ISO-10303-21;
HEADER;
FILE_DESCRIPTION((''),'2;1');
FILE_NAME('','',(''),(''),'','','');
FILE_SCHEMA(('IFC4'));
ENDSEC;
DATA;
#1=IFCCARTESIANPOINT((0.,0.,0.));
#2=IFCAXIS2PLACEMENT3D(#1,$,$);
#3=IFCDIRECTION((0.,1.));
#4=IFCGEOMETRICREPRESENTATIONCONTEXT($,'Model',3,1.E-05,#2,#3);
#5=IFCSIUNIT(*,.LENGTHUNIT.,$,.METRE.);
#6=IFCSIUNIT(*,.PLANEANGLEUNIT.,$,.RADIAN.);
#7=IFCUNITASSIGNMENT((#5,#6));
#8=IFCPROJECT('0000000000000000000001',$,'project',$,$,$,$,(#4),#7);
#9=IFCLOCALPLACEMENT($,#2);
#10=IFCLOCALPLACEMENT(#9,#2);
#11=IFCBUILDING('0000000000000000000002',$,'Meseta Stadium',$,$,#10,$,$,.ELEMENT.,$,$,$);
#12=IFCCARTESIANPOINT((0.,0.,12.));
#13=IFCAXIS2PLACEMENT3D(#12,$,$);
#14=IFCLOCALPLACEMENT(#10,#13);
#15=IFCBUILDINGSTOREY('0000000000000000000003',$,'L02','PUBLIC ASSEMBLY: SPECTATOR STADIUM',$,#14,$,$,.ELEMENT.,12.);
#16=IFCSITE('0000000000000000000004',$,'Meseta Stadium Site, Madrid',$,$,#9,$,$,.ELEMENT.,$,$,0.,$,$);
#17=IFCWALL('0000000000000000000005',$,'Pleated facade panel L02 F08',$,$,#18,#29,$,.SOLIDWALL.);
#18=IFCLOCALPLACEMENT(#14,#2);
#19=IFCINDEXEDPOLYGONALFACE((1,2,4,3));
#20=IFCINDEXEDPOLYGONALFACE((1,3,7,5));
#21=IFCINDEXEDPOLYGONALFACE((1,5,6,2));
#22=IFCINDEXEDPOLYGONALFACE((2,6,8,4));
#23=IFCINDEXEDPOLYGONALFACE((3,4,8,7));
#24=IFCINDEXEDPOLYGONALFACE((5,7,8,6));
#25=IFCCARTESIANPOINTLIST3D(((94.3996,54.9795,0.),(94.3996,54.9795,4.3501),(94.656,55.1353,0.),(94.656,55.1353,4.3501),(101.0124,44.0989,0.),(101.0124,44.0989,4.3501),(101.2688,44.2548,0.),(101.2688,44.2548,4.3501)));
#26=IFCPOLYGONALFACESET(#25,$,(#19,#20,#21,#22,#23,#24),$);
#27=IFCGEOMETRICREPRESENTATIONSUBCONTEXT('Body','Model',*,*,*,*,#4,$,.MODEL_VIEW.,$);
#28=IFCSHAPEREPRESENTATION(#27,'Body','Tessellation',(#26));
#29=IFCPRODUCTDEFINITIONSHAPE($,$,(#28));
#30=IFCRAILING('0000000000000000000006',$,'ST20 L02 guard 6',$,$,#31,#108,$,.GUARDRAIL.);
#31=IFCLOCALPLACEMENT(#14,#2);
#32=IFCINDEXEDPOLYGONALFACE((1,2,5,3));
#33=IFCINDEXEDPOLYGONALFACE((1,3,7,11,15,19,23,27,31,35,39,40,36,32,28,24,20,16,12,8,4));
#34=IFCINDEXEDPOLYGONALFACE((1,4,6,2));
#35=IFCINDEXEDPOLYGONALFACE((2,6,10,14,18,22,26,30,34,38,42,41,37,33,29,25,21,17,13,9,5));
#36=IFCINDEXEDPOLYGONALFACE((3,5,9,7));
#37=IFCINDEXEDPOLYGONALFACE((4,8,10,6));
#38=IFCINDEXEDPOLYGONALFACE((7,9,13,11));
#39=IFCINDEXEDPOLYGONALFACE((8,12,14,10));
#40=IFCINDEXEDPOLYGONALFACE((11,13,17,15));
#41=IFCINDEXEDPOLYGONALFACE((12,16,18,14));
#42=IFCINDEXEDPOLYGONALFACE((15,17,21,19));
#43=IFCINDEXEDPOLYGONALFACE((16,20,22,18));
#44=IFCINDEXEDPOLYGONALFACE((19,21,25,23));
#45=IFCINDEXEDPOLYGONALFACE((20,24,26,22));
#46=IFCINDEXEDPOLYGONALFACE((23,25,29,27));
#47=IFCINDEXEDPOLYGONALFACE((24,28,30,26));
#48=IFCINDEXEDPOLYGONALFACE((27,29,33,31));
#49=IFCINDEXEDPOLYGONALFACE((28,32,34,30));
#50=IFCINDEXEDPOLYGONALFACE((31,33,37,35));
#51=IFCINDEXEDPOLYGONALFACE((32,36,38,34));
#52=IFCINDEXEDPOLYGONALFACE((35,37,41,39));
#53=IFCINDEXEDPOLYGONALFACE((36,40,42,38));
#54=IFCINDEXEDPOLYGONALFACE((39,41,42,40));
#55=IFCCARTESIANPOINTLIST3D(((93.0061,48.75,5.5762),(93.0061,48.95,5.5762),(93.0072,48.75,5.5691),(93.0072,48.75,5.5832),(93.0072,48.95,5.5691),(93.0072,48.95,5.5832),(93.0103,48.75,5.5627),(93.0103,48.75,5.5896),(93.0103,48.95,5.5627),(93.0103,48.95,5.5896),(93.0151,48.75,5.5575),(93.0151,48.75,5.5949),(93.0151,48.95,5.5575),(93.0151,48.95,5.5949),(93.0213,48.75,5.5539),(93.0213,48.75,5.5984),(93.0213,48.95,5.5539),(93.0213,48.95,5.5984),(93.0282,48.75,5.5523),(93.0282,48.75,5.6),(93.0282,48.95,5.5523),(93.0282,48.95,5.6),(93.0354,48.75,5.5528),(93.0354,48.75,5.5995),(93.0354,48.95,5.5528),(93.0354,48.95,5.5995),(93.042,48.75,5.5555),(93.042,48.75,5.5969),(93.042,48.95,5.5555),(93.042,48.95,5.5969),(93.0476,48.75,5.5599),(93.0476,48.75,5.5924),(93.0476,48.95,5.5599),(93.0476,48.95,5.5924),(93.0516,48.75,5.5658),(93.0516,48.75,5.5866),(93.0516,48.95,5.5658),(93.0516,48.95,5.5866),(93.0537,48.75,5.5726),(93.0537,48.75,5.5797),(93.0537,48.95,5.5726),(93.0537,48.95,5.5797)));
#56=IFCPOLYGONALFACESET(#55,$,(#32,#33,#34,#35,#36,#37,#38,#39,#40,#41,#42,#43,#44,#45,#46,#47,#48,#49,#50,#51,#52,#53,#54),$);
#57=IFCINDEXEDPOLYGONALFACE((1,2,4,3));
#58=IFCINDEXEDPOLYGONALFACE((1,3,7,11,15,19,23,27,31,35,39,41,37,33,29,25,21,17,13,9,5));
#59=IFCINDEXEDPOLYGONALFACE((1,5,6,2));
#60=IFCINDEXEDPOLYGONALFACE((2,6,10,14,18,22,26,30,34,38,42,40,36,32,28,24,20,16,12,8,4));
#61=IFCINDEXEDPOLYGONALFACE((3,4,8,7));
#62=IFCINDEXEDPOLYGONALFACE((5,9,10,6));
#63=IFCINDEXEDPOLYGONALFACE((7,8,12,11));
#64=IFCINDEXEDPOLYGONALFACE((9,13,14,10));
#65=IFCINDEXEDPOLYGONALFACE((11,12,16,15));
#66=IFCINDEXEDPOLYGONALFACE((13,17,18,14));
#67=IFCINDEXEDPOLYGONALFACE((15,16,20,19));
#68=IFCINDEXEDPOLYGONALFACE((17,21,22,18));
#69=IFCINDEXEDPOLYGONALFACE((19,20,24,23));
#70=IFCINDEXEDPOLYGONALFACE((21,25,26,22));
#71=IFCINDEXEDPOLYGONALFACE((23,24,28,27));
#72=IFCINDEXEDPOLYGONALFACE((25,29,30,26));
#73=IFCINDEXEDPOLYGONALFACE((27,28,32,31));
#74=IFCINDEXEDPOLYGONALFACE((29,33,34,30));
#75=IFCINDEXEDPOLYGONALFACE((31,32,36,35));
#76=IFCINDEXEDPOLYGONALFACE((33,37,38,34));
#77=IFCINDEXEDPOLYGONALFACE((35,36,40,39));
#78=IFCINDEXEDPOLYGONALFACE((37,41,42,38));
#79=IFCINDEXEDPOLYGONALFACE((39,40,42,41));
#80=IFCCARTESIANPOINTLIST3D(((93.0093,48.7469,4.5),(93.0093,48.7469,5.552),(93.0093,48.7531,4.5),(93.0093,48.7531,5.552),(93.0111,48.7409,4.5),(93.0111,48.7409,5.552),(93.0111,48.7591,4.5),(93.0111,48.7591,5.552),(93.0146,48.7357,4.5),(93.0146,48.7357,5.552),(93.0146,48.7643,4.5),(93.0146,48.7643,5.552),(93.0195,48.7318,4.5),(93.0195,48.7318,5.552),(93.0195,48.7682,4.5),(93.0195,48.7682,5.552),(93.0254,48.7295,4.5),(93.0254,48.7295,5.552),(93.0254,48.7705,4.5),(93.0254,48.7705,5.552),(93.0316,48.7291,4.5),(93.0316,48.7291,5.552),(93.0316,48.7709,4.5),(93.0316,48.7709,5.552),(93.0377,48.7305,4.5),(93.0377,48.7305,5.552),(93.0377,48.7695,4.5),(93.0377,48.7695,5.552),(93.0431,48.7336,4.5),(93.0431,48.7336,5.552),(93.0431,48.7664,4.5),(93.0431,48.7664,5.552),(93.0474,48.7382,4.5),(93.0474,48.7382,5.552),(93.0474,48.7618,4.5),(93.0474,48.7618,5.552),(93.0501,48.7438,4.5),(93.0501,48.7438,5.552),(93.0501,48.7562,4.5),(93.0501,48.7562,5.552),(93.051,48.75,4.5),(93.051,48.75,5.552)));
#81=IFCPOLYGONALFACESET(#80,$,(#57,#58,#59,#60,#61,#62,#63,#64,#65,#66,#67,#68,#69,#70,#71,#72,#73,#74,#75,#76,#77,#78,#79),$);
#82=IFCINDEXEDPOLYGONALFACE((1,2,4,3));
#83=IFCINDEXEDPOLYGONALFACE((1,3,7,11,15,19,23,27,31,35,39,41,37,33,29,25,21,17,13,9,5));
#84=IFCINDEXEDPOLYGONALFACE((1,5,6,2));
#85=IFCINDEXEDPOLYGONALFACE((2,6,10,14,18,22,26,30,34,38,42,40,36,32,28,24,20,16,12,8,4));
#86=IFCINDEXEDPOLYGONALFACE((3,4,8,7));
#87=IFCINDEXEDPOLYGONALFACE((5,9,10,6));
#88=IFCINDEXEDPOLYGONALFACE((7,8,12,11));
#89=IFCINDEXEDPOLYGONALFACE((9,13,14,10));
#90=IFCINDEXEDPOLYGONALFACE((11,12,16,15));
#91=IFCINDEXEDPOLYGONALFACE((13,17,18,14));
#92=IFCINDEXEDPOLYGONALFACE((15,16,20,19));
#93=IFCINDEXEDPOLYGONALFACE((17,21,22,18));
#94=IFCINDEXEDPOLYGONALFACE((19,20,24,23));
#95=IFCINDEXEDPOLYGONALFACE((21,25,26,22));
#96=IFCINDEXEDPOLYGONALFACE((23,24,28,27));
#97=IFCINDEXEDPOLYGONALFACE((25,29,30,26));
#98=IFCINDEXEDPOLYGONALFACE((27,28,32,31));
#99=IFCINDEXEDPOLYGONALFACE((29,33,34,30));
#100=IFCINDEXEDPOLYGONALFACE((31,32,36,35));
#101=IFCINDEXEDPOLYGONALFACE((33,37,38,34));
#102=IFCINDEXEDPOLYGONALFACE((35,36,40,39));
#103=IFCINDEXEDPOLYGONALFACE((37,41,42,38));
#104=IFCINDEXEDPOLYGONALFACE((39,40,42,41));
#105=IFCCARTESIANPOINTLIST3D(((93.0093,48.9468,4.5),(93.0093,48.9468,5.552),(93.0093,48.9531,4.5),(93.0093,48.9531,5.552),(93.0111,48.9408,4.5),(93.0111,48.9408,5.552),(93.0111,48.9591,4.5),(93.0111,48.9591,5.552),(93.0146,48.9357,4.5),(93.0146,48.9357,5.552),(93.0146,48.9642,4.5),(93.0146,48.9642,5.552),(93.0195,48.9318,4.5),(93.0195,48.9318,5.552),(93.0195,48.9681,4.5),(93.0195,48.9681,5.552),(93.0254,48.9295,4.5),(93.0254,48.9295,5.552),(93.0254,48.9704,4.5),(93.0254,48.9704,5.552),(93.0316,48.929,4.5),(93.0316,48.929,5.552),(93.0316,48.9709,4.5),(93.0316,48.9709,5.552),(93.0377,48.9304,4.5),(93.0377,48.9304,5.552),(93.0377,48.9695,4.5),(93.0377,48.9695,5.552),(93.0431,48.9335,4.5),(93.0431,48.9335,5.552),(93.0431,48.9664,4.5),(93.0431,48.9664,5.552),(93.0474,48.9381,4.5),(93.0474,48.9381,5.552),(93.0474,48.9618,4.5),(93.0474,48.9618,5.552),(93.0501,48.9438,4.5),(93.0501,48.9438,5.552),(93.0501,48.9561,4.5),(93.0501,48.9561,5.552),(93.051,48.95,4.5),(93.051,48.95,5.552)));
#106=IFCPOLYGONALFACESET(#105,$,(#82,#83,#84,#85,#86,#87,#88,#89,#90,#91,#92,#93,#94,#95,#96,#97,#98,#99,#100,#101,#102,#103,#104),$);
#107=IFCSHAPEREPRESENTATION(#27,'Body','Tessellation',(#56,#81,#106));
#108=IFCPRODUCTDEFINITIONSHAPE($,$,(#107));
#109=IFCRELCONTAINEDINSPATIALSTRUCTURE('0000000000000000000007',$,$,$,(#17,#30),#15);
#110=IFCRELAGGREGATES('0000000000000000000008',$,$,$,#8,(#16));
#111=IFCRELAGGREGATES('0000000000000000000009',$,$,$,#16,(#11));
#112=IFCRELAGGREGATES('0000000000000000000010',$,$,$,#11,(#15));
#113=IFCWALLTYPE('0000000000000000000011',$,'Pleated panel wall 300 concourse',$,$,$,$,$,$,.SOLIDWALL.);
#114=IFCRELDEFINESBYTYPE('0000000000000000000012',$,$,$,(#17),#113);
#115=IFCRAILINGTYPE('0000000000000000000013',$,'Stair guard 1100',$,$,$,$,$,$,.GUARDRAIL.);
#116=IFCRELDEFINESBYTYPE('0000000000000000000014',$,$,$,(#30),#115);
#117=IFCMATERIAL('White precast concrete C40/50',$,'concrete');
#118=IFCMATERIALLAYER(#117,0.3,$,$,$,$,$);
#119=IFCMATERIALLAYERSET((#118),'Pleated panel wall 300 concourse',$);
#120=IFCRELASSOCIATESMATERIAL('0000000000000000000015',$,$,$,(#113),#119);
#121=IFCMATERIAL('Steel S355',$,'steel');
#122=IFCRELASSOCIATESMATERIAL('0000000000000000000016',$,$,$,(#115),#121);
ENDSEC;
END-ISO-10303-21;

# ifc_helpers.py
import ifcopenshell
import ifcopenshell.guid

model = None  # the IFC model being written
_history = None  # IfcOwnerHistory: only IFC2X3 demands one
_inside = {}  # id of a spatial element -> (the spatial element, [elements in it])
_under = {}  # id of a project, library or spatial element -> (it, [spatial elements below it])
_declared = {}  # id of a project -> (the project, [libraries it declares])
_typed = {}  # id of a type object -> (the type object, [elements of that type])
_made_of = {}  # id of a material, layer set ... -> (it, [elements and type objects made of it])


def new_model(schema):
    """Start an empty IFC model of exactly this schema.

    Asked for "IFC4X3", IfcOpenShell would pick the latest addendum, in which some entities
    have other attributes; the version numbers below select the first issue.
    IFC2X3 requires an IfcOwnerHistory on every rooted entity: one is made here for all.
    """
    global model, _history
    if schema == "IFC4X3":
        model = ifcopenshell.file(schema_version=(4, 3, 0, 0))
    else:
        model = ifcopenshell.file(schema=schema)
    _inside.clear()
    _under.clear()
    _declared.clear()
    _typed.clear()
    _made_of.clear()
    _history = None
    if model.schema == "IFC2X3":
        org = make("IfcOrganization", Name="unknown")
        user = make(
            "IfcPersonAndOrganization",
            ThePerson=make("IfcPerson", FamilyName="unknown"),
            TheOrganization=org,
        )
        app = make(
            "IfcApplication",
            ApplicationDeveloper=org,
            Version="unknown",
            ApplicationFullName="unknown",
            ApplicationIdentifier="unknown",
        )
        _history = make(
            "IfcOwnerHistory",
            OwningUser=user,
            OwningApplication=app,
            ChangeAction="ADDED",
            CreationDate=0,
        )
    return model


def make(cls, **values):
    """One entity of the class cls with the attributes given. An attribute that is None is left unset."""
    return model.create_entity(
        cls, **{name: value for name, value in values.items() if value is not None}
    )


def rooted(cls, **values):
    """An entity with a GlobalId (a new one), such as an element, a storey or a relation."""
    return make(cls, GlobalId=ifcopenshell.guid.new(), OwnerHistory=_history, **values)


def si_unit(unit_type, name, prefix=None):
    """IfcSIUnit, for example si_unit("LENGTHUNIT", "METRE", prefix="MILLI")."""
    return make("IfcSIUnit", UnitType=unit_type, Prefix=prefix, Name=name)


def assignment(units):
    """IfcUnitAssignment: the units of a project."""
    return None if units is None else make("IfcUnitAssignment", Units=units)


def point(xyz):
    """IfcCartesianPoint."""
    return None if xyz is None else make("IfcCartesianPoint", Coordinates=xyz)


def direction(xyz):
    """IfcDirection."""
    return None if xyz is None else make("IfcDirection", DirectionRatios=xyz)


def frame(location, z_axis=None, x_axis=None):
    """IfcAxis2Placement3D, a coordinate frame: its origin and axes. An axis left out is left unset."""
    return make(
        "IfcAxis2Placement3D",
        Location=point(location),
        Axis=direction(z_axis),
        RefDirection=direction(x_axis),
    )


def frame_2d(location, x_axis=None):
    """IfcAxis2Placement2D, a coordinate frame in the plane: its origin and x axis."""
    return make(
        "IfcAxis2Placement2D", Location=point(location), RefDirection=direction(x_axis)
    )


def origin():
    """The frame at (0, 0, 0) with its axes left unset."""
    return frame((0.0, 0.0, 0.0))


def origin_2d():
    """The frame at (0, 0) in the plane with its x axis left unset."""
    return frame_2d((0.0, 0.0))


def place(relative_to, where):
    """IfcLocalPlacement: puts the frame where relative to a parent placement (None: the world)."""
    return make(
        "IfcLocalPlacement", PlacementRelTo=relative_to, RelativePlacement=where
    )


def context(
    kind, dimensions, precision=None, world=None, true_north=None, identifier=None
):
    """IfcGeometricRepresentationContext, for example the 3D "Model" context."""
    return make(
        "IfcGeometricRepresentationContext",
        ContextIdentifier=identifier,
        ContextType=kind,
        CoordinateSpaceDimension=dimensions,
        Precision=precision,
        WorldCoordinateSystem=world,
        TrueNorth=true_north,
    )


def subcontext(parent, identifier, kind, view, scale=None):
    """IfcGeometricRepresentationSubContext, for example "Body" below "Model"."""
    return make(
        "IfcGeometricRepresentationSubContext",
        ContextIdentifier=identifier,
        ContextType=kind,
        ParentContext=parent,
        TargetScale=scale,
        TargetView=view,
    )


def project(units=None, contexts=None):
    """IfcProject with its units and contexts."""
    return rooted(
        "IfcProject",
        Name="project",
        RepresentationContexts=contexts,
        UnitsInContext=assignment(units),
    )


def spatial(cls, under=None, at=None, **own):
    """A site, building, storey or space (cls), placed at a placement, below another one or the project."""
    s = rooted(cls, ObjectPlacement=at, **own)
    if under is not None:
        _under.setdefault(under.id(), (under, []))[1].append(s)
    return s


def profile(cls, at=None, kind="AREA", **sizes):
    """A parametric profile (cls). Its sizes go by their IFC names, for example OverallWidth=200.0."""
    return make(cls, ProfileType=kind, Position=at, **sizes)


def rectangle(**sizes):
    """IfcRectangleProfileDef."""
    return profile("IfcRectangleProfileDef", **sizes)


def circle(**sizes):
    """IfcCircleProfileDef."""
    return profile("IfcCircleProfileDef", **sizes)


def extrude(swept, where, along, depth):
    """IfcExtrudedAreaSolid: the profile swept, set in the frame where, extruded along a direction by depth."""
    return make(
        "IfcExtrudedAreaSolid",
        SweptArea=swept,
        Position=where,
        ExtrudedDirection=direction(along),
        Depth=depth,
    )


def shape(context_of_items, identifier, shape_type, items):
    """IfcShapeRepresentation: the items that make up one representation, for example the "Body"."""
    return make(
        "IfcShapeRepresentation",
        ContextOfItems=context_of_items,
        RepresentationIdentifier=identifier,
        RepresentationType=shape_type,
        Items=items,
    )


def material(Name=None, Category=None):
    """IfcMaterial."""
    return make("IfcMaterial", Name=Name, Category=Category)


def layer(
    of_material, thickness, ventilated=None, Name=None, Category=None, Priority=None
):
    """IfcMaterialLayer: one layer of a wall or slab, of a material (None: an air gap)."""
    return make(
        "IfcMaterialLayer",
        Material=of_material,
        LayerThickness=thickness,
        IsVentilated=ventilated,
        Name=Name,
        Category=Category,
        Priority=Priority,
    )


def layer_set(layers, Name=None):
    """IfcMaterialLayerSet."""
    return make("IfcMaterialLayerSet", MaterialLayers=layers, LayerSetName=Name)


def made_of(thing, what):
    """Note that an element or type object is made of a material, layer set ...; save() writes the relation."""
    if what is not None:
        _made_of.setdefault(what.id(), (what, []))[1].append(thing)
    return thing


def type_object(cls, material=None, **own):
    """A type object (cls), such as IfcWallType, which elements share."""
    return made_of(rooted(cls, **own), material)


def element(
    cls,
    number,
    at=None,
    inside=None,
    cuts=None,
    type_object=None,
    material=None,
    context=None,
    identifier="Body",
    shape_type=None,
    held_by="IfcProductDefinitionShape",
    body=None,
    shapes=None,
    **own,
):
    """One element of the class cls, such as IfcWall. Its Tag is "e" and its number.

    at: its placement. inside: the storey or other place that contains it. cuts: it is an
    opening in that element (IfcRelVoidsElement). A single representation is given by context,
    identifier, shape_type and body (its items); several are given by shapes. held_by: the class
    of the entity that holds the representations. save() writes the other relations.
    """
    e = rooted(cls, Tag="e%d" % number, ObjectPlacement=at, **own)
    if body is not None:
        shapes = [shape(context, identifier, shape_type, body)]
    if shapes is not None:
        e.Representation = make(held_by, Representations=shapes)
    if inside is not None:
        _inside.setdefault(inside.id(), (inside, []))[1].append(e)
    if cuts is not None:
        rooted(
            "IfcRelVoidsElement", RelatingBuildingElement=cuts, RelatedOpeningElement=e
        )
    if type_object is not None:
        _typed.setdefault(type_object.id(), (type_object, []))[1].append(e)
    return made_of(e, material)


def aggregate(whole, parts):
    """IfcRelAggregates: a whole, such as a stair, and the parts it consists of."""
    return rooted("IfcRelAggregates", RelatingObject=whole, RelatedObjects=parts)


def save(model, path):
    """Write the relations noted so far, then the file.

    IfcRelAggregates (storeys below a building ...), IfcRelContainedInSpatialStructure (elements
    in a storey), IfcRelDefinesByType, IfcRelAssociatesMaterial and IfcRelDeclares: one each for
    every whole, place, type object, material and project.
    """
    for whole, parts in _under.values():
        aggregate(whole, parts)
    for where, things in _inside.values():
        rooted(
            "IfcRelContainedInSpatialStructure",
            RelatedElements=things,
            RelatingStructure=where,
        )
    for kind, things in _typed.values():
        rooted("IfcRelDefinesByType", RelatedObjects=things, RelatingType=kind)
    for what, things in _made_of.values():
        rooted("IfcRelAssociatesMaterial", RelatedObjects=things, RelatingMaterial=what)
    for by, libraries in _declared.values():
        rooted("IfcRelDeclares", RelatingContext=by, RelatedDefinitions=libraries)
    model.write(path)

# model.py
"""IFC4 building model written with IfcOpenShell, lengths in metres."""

from ifc_helpers import new_model, si_unit, direction, frame, frame_2d, origin, origin_2d, place, context, subcontext, project, spatial, rectangle, circle, extrude, material, layer, layer_set, type_object, element, save


model = new_model("IFC4")

# Units and contexts
model_context = context("Model", 3, precision=1e-05, world=origin(), true_north=direction((0.0, 1.0)))
body_context = subcontext(model_context, "Body", "Model", "MODEL_VIEW")
ifc_project = project(units=[si_unit("LENGTHUNIT", "METRE"), si_unit("PLANEANGLEUNIT", "RADIAN")], contexts=[model_context])

# Site, building, storey
site_placement = place(None, origin())
site = spatial("IfcSite", under=ifc_project, at=site_placement, Name="Meseta Stadium Site, Madrid", CompositionType="ELEMENT", RefElevation=0.0)
building_placement = place(site_placement, origin())
building = spatial("IfcBuilding", under=site, at=building_placement, Name="Meseta Stadium", CompositionType="ELEMENT")
storey_placement = place(building_placement, frame((0.0, 0.0, 12.0)))
storey = spatial("IfcBuildingStorey", under=building, at=storey_placement, Name="L02", Description="PUBLIC ASSEMBLY: SPECTATOR STADIUM", CompositionType="ELEMENT", Elevation=12.0)

# Shared definitions
ifc_material_1 = material(Name="White precast concrete C40/50", Category="concrete")
ifc_layer_1 = layer(ifc_material_1, 0.3)
ifc_layer_set_1 = layer_set([ifc_layer_1], Name="Pleated panel wall 300 concourse")
wall_type_1 = type_object("IfcWallType", Name="Pleated panel wall 300 concourse", PredefinedType="SOLIDWALL", material=ifc_layer_set_1)

# Wall
wall_1_placement = place(storey_placement, frame((94.5278, 55.0574, 0.0), z_axis=(0.0, 0.0, 1.0), x_axis=(0.519363, -0.854554, 0.0)))
element("IfcWall", 1, at=wall_1_placement, inside=storey, type_object=wall_type_1, Name="Pleated facade panel L02 F08", PredefinedType="SOLIDWALL", context=body_context, shape_type="SweptSolid", body=[
    extrude(rectangle(XDim=12.7324, YDim=0.3, at=frame_2d((6.3662, 0.0))), origin(), (0.0, 0.0, 1.0), 4.3501),
])

# Railing
ifc_material_2 = material(Name="Steel S355", Category="steel")
railing_type = type_object("IfcRailingType", Name="Stair guard 1100", PredefinedType="GUARDRAIL", material=ifc_material_2)
railing_placement = place(storey_placement, frame((93.03, 48.75, 4.5)))
element("IfcRailing", 2, at=railing_placement, inside=storey, type_object=railing_type, Name="ST20 L02 guard 6", PredefinedType="GUARDRAIL", context=body_context, shape_type="SweptSolid", body=[
    extrude(circle(Radius=0.0239, at=origin_2d()), frame((0.0, 0.0, 1.0762), z_axis=(0.0, 1.0, 0.0), x_axis=(-1.0, 0.0, 0.0)), (0.0, 0.0, 1.0), 0.2),
    extrude(circle(Radius=0.021, at=origin_2d()), origin(), (0.0, 0.0, 1.0), 1.052),
    extrude(circle(Radius=0.021, at=origin_2d()), frame((0.0, 0.2, 0.0)), (0.0, 0.0, 1.0), 1.052),
])

save(model, "model.ifc")
